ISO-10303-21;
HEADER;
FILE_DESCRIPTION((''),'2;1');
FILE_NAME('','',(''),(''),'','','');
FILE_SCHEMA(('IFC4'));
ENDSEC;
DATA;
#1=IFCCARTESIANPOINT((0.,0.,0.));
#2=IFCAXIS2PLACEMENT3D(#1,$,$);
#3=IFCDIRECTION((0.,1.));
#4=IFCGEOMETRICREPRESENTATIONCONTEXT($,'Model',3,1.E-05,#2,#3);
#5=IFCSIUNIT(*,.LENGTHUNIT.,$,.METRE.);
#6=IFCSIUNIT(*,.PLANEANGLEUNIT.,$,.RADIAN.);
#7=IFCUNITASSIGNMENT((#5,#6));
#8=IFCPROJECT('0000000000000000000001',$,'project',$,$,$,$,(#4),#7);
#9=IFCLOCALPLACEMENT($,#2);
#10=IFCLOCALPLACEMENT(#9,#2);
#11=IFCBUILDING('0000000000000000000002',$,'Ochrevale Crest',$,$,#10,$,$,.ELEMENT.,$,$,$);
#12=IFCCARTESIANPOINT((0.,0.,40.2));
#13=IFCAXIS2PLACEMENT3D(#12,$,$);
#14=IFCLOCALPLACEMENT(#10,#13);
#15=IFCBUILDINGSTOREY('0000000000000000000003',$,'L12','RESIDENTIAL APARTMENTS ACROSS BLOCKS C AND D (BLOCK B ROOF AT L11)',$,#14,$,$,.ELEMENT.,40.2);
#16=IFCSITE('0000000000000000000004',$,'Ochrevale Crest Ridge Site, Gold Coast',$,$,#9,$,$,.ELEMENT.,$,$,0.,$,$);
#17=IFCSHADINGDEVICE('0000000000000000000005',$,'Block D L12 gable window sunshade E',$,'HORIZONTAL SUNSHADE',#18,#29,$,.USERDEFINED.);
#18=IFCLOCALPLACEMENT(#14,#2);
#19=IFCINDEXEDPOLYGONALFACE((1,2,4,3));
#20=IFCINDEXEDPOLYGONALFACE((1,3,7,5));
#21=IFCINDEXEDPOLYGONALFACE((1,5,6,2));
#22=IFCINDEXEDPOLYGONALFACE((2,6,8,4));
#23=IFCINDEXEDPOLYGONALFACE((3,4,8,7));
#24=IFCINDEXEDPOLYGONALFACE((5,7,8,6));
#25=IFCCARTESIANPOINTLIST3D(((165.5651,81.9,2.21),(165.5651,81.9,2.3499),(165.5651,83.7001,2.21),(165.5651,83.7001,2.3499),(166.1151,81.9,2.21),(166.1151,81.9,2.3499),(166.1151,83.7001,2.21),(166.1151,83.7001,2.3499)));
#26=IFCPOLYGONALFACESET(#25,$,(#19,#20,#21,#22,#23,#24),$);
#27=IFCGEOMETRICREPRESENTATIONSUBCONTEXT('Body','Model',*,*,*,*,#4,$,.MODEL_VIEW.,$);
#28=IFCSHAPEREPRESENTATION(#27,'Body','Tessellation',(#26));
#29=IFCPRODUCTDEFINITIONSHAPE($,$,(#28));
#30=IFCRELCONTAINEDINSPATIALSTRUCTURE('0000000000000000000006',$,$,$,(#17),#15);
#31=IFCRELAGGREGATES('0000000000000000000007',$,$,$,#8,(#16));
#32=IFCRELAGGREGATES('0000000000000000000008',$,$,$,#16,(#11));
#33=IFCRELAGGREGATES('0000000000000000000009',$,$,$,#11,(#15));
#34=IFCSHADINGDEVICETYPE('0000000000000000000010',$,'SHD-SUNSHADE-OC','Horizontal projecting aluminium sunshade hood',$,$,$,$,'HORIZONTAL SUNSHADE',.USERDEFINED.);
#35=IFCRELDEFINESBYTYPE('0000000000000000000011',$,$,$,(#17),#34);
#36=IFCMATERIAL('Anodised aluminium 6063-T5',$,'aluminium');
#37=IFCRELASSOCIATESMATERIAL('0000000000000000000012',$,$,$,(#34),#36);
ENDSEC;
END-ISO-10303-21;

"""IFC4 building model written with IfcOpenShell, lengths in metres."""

from ifc_helpers import new_model, si_unit, direction, frame, origin, origin_2d, place, context, subcontext, project, spatial, rectangle, extrude, material, type_object, element, save


model = new_model("IFC4")

# Units and contexts
model_context = context("Model", 3, precision=1e-05, world=origin(), true_north=direction((0.0, 1.0)))
body_context = subcontext(model_context, "Body", "Model", "MODEL_VIEW")
ifc_project = project(units=[si_unit("LENGTHUNIT", "METRE"), si_unit("PLANEANGLEUNIT", "RADIAN")], contexts=[model_context])

# Site, building, storey
site_placement = place(None, origin())
site = spatial("IfcSite", under=ifc_project, at=site_placement, Name="Ochrevale Crest Ridge Site, Gold Coast", CompositionType="ELEMENT", RefElevation=0.0)
building_placement = place(site_placement, origin())
building = spatial("IfcBuilding", under=site, at=building_placement, Name="Ochrevale Crest", CompositionType="ELEMENT")
storey_placement = place(building_placement, frame((0.0, 0.0, 40.2)))
storey = spatial("IfcBuildingStorey", under=building, at=storey_placement, Name="L12", Description="RESIDENTIAL APARTMENTS ACROSS BLOCKS C AND D (BLOCK B ROOF AT L11)", CompositionType="ELEMENT", Elevation=40.2)

# Shared definitions
ifc_material_1 = material(Name="Anodised aluminium 6063-T5", Category="aluminium")

# Shading device
shading_device_type = type_object("IfcShadingDeviceType", Name="SHD-SUNSHADE-OC", Description="Horizontal projecting aluminium sunshade hood", ElementType="HORIZONTAL SUNSHADE", PredefinedType="USERDEFINED", material=ifc_material_1)
shading_device_placement = place(storey_placement, frame((165.8401, 82.8, 2.21), z_axis=(0.0, 0.0, 1.0), x_axis=(1.0, 0.0, 0.0)))
element("IfcShadingDevice", 1, at=shading_device_placement, inside=storey, type_object=shading_device_type, Name="Block D L12 gable window sunshade E", ObjectType="HORIZONTAL SUNSHADE", PredefinedType="USERDEFINED", context=body_context, shape_type="SweptSolid", body=[
    extrude(rectangle(XDim=0.55, YDim=1.8, at=origin_2d()), origin(), (0.0, 0.0, 1.0), 0.1399),
])

save(model, "model.ifc")
